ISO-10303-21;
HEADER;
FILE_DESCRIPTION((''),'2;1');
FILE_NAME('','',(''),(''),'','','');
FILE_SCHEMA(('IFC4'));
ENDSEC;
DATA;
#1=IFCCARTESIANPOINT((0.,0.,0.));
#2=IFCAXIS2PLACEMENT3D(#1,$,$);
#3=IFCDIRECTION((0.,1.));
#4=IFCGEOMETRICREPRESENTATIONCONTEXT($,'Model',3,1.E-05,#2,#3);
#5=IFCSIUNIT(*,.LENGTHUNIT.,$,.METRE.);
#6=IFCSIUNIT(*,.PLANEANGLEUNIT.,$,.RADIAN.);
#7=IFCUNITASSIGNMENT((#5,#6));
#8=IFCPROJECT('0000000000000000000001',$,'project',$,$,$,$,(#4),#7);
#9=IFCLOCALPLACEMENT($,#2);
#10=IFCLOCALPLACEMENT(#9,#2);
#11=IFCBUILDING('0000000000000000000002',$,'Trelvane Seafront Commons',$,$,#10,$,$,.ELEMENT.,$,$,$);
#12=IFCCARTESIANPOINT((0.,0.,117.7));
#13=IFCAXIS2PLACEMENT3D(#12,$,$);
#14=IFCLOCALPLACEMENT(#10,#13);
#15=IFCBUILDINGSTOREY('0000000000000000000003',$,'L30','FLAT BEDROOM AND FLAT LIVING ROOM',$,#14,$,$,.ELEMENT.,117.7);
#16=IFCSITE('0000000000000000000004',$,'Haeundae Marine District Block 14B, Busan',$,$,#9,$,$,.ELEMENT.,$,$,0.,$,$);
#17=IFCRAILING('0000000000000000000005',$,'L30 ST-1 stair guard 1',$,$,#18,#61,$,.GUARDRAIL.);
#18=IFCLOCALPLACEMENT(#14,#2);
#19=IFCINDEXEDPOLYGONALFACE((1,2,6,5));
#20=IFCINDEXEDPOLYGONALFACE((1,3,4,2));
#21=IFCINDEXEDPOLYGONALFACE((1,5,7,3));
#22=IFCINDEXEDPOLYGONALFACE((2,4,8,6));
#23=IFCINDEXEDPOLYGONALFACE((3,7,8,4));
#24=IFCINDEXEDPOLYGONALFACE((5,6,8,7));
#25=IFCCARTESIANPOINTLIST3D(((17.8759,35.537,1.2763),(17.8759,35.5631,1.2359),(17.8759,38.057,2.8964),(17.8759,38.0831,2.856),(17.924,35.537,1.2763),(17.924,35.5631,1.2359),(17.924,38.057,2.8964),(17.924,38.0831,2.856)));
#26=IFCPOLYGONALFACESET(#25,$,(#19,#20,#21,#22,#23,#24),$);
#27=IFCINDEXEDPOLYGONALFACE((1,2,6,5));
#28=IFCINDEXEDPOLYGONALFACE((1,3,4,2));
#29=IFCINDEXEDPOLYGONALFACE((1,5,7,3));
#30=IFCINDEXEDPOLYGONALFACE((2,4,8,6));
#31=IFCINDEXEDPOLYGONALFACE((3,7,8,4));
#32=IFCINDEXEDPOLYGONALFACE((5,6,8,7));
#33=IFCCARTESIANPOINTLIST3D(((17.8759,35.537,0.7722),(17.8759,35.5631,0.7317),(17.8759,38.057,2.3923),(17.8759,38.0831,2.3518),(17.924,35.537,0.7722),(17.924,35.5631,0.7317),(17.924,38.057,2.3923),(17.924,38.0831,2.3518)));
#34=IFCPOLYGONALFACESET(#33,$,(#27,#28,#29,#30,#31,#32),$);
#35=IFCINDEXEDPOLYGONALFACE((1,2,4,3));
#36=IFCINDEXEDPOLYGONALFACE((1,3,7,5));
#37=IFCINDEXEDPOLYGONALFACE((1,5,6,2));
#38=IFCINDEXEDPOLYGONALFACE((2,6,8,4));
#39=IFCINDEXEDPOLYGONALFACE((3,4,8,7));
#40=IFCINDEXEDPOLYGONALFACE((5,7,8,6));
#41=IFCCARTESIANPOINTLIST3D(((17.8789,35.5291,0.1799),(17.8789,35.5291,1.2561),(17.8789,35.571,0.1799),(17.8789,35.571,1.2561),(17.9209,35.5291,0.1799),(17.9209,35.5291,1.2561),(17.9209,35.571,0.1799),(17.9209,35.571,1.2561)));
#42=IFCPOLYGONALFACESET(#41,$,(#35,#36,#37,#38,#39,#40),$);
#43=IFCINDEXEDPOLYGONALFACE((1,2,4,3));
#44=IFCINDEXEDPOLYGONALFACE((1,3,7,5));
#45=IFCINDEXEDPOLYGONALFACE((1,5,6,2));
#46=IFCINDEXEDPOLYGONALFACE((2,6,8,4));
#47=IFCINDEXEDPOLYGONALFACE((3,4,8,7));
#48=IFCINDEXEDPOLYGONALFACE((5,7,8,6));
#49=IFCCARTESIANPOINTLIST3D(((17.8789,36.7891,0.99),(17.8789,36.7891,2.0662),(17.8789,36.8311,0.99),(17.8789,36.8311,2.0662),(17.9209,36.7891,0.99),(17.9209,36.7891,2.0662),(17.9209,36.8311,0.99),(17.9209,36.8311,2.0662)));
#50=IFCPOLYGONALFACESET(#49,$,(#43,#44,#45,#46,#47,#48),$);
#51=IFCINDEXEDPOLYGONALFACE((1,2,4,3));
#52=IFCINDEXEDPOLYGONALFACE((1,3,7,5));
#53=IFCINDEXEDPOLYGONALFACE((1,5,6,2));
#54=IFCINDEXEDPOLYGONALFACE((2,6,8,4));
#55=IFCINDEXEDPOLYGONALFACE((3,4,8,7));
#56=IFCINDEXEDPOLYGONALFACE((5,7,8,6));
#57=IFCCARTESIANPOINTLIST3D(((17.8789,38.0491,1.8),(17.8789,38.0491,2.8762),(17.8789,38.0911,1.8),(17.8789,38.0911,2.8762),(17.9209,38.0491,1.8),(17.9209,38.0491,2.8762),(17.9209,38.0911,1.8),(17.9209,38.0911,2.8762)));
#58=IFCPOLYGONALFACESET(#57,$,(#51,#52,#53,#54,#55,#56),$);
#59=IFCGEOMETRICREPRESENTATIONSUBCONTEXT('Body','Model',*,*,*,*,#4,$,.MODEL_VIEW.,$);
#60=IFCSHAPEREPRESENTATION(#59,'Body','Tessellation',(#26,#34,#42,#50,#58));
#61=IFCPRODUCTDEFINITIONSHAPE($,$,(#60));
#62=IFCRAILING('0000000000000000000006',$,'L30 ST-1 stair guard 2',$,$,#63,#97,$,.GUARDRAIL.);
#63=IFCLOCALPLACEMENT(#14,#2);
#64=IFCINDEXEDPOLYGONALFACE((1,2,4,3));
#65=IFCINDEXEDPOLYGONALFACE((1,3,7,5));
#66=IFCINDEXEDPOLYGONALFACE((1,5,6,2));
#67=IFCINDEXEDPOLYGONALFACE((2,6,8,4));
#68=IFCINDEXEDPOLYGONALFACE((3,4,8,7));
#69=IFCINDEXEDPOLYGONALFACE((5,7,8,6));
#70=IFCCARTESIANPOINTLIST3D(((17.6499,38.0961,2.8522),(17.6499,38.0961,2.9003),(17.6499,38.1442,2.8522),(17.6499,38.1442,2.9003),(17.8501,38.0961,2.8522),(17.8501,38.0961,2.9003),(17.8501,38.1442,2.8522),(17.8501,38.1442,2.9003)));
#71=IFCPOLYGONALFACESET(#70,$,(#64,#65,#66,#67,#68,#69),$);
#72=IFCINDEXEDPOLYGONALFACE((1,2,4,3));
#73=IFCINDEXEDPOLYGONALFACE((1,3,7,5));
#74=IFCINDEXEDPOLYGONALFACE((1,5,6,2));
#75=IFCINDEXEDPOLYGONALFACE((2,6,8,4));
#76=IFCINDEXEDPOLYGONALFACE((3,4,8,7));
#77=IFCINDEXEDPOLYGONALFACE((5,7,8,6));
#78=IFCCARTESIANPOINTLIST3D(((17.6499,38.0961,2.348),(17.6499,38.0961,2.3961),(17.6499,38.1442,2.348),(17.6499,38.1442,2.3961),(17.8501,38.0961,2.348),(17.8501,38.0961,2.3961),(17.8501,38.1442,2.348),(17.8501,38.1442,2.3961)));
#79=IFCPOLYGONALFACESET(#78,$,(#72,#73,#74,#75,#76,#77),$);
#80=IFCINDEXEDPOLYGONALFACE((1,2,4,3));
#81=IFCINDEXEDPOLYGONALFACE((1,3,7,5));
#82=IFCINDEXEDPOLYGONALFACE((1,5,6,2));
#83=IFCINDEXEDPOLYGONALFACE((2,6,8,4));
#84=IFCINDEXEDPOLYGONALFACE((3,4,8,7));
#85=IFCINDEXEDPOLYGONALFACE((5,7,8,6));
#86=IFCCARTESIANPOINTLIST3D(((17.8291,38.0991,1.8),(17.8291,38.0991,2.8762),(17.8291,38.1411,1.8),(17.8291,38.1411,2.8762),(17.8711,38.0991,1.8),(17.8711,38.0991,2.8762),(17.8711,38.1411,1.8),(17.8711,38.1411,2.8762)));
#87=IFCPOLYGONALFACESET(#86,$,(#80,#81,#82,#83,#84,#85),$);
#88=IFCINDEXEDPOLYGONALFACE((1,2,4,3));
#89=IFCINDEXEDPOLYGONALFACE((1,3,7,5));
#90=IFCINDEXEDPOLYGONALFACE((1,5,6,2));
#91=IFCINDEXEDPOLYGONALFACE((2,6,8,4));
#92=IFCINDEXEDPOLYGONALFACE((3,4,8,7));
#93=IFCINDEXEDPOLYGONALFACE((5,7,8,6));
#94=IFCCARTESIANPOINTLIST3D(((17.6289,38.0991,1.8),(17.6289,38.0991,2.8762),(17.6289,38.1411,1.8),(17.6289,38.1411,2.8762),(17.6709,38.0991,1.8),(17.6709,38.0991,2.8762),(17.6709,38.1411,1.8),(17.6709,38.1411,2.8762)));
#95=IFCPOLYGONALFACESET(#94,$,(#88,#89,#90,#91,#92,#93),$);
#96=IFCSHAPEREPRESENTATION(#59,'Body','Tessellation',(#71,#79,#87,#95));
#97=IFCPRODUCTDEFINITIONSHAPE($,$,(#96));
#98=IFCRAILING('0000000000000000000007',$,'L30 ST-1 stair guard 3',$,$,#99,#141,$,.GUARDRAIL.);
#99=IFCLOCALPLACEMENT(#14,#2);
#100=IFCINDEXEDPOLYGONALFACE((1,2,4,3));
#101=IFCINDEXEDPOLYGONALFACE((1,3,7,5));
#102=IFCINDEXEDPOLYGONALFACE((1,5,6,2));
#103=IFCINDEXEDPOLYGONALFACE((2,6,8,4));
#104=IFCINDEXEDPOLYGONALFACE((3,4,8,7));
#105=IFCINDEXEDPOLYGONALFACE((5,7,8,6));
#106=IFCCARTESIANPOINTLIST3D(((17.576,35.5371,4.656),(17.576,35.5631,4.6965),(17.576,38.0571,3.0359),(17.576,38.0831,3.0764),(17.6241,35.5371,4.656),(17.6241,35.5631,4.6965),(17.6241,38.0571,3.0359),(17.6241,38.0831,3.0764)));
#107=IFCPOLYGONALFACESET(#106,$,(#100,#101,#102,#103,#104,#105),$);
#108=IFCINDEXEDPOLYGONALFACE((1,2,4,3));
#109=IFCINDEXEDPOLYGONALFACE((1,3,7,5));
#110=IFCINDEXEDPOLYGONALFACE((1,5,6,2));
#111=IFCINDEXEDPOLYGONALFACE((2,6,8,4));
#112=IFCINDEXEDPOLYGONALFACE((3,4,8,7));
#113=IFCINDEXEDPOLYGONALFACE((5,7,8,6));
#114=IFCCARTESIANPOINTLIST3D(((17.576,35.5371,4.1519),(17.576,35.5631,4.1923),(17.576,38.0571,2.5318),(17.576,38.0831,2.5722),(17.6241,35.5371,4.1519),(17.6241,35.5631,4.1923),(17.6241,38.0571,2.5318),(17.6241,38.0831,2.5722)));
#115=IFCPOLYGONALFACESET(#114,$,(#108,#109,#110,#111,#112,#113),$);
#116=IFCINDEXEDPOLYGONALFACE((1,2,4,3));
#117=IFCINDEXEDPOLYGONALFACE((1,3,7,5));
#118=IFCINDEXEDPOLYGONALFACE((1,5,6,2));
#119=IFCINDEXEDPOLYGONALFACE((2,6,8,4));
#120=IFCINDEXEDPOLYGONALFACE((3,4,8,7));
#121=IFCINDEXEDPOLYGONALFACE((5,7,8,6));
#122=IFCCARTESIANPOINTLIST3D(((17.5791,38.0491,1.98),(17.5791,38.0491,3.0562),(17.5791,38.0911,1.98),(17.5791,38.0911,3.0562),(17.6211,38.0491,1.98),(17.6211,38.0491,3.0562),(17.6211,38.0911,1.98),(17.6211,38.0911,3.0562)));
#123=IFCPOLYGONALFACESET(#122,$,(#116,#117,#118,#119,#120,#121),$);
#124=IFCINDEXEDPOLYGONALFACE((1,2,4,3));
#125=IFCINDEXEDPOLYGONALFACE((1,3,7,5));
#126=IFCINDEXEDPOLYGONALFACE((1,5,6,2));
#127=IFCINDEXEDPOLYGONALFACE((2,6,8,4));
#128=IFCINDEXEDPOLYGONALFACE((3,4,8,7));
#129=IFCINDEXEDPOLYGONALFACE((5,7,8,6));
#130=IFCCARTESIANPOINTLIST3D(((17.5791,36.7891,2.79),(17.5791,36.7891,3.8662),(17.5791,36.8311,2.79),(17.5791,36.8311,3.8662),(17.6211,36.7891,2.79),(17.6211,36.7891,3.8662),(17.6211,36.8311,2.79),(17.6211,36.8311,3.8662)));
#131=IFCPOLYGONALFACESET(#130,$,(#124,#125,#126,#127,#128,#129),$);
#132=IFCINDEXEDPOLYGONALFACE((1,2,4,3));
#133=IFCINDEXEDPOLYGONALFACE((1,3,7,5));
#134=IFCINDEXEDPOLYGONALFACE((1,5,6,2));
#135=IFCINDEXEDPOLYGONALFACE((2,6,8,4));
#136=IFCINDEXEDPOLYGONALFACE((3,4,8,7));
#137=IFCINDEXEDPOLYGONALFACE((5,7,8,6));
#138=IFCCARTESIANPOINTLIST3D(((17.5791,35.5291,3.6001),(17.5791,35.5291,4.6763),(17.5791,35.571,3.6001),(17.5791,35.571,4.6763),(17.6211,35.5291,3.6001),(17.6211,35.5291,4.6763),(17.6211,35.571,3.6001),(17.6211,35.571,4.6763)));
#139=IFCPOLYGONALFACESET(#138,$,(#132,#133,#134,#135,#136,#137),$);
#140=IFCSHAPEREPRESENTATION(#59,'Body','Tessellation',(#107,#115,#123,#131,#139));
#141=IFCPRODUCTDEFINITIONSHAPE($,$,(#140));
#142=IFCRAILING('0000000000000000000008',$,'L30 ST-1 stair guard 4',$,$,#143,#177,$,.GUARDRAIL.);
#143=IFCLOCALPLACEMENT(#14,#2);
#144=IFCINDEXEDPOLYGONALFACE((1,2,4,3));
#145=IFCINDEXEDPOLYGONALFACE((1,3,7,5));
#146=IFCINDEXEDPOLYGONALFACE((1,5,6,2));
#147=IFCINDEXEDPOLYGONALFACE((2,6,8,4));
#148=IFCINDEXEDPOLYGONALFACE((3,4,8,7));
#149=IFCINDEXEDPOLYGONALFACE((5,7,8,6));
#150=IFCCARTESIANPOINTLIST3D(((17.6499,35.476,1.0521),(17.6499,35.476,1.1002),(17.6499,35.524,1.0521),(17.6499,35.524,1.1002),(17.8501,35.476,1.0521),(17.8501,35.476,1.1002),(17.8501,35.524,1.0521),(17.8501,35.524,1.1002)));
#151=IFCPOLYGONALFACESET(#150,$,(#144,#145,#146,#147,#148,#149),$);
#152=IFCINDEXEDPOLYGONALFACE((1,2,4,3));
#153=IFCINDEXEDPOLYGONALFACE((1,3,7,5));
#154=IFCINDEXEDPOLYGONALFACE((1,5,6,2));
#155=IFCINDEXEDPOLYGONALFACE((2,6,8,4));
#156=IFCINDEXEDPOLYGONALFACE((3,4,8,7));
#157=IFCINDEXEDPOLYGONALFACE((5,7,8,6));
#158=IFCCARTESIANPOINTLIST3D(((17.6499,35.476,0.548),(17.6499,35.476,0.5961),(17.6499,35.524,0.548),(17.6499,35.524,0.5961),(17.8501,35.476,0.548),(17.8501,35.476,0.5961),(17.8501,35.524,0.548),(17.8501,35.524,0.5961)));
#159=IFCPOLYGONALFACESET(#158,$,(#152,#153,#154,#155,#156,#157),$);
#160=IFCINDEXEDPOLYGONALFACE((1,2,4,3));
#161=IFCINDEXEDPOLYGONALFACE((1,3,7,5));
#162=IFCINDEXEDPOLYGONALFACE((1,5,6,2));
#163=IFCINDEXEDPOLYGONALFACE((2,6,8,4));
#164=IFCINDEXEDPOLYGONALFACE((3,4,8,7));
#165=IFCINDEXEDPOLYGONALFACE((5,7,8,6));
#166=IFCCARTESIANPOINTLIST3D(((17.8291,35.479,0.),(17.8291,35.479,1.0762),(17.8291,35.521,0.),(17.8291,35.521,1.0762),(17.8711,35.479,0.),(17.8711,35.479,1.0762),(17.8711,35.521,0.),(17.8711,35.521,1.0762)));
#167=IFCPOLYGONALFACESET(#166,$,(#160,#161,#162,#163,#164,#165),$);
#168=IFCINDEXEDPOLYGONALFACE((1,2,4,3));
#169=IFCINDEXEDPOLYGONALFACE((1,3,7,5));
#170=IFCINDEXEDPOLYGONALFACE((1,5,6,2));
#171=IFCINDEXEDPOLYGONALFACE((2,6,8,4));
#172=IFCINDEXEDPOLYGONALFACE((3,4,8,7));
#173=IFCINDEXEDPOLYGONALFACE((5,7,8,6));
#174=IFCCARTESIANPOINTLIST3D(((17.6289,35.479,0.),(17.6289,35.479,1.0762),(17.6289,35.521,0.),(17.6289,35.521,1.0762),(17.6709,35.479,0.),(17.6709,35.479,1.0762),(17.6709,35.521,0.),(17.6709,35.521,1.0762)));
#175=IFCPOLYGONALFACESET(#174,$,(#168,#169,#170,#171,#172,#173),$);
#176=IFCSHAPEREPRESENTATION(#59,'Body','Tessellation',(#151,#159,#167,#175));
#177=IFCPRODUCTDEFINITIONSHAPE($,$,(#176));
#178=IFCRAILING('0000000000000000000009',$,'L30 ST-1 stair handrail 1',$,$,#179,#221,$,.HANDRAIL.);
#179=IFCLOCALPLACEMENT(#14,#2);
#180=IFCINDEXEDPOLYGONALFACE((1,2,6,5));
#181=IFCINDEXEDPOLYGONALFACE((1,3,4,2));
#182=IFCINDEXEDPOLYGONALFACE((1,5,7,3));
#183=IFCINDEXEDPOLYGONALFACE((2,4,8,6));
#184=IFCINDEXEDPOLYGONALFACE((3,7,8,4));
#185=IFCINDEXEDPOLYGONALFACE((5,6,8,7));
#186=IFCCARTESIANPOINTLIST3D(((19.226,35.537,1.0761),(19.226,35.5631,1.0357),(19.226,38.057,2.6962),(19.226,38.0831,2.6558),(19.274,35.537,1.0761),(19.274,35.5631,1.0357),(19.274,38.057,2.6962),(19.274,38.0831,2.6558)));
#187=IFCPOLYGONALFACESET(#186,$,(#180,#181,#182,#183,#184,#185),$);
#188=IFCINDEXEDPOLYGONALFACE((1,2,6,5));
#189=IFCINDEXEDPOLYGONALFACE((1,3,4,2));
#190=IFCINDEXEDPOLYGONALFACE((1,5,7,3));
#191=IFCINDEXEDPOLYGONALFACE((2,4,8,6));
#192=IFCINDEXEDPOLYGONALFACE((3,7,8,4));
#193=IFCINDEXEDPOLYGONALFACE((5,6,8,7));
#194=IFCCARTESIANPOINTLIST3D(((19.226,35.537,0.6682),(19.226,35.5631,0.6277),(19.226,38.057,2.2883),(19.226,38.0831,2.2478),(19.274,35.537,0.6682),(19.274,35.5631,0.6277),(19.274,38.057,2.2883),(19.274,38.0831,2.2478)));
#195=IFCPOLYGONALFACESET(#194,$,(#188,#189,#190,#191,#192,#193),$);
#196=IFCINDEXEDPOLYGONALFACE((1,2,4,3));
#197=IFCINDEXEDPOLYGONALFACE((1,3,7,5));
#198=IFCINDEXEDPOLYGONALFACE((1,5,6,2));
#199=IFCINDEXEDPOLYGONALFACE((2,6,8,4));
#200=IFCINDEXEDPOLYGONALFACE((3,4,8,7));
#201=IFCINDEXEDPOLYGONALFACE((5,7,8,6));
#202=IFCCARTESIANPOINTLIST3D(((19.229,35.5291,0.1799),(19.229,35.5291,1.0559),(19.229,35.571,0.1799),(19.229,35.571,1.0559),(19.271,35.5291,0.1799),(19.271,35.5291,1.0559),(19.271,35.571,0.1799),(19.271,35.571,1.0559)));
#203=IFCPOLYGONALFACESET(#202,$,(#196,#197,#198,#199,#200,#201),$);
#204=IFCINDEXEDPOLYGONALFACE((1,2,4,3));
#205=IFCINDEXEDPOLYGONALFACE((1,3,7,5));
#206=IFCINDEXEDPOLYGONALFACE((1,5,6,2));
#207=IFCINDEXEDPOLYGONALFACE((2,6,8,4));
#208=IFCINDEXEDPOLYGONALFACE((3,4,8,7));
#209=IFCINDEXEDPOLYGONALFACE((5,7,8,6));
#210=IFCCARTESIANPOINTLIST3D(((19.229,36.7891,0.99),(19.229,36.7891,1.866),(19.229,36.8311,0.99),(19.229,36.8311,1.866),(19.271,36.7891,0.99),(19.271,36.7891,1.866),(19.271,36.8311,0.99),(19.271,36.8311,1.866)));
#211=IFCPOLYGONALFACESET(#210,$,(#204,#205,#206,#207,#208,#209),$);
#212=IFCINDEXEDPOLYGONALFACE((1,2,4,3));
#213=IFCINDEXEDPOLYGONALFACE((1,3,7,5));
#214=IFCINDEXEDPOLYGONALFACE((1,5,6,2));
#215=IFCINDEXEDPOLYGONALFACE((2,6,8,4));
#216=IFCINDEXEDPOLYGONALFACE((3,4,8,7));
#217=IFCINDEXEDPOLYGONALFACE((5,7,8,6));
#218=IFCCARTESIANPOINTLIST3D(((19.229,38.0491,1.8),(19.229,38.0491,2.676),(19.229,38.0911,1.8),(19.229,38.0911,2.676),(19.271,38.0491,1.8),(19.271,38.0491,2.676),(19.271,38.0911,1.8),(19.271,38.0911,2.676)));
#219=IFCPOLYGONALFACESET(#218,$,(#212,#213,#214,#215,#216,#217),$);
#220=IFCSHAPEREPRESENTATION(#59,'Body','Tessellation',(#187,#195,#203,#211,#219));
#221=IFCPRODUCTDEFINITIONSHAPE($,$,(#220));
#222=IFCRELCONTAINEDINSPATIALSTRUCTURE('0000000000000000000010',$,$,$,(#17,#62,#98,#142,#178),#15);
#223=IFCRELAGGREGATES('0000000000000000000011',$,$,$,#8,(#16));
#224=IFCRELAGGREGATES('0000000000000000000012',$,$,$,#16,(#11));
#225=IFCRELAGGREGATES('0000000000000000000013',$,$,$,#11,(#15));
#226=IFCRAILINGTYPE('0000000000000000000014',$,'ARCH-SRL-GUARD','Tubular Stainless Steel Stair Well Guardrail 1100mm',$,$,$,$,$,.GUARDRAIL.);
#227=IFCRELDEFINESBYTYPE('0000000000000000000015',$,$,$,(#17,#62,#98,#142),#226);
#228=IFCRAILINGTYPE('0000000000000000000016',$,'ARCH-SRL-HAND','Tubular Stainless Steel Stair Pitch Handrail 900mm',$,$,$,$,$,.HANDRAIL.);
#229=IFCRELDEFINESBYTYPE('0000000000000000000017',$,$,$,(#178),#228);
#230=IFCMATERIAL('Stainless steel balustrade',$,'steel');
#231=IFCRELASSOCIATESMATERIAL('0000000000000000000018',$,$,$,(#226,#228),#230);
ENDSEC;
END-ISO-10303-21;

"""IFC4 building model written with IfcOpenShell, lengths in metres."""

from ifc_helpers import new_model, si_unit, direction, frame, origin, origin_2d, place, context, subcontext, project, spatial, rectangle, extrude, material, type_object, element, save


model = new_model("IFC4")

# Units and contexts
model_context = context("Model", 3, precision=1e-05, world=origin(), true_north=direction((0.0, 1.0)))
body_context = subcontext(model_context, "Body", "Model", "MODEL_VIEW")
ifc_project = project(units=[si_unit("LENGTHUNIT", "METRE"), si_unit("PLANEANGLEUNIT", "RADIAN")], contexts=[model_context])

# Site, building, storey
site_placement = place(None, origin())
site = spatial("IfcSite", under=ifc_project, at=site_placement, Name="Haeundae Marine District Block 14B, Busan", CompositionType="ELEMENT", RefElevation=0.0)
building_placement = place(site_placement, origin())
building = spatial("IfcBuilding", under=site, at=building_placement, Name="Trelvane Seafront Commons", CompositionType="ELEMENT")
storey_placement = place(building_placement, frame((0.0, 0.0, 117.7)))
storey = spatial("IfcBuildingStorey", under=building, at=storey_placement, Name="L30", Description="FLAT BEDROOM AND FLAT LIVING ROOM", CompositionType="ELEMENT", Elevation=117.7)

# Shared definitions
ifc_material_1 = material(Name="Stainless steel balustrade", Category="steel")

# Railings
railing_type_1 = type_object("IfcRailingType", Name="ARCH-SRL-GUARD", Description="Tubular Stainless Steel Stair Well Guardrail 1100mm", PredefinedType="GUARDRAIL", material=ifc_material_1)
railing_1_placement = place(storey_placement, frame((17.8999, 35.55, 0.1799)))
element("IfcRailing", 1, at=railing_1_placement, inside=storey, type_object=railing_type_1, Name="L30 ST-1 stair guard 1", PredefinedType="GUARDRAIL", context=body_context, shape_type="SweptSolid", body=[
    extrude(rectangle(XDim=0.0481, YDim=0.0481, at=origin_2d()), frame((0.0, 0.0, 1.0762), z_axis=(0.0, 0.841163, 0.540782), x_axis=(-1.0, 0.0, 0.0)), (0.0, 0.0, 1.0), 2.9958),
    extrude(rectangle(XDim=0.0481, YDim=0.0481, at=origin_2d()), frame((0.0, 0.0, 0.572), z_axis=(0.0, 0.841163, 0.540782), x_axis=(-1.0, 0.0, 0.0)), (0.0, 0.0, 1.0), 2.9958),
    extrude(rectangle(XDim=0.042, YDim=0.042, at=origin_2d()), origin(), (0.0, 0.0, 1.0), 1.0762),
    extrude(rectangle(XDim=0.042, YDim=0.042, at=origin_2d()), frame((0.0, 1.26, 0.8101)), (0.0, 0.0, 1.0), 1.0762),
    extrude(rectangle(XDim=0.042, YDim=0.042, at=origin_2d()), frame((0.0, 2.52, 1.6201)), (0.0, 0.0, 1.0), 1.0762),
])
railing_2_placement = place(storey_placement, frame((17.8501, 38.1201, 1.8)))
element("IfcRailing", 2, at=railing_2_placement, inside=storey, type_object=railing_type_1, Name="L30 ST-1 stair guard 2", PredefinedType="GUARDRAIL", context=body_context, shape_type="SweptSolid", body=[
    extrude(rectangle(XDim=0.0481, YDim=0.0481, at=origin_2d()), frame((0.0, 0.0, 1.0762), z_axis=(-1.0, 0.0, 0.0), x_axis=(0.0, -1.0, 0.0)), (0.0, 0.0, 1.0), 0.2002),
    extrude(rectangle(XDim=0.0481, YDim=0.0481, at=origin_2d()), frame((0.0, 0.0, 0.572), z_axis=(-1.0, 0.0, 0.0), x_axis=(0.0, -1.0, 0.0)), (0.0, 0.0, 1.0), 0.2002),
    extrude(rectangle(XDim=0.042, YDim=0.042, at=origin_2d()), origin(), (0.0, 0.0, 1.0), 1.0762),
    extrude(rectangle(XDim=0.042, YDim=0.042, at=origin_2d()), frame((-0.2002, 0.0, 0.0)), (0.0, 0.0, 1.0), 1.0762),
])
railing_3_placement = place(storey_placement, frame((17.6001, 38.0701, 1.98)))
element("IfcRailing", 3, at=railing_3_placement, inside=storey, type_object=railing_type_1, Name="L30 ST-1 stair guard 3", PredefinedType="GUARDRAIL", context=body_context, shape_type="SweptSolid", body=[
    extrude(rectangle(XDim=0.0481, YDim=0.0481, at=origin_2d()), frame((0.0, 0.0, 1.0762), z_axis=(0.0, -0.841163, 0.540782), x_axis=(1.0, 0.0, 0.0)), (0.0, 0.0, 1.0), 2.9958),
    extrude(rectangle(XDim=0.0481, YDim=0.0481, at=origin_2d()), frame((0.0, 0.0, 0.572), z_axis=(0.0, -0.841163, 0.540782), x_axis=(1.0, 0.0, 0.0)), (0.0, 0.0, 1.0), 2.9958),
    extrude(rectangle(XDim=0.042, YDim=0.042, at=origin_2d()), origin(), (0.0, 0.0, 1.0), 1.0762),
    extrude(rectangle(XDim=0.042, YDim=0.042, at=origin_2d()), frame((0.0, -1.26, 0.8101)), (0.0, 0.0, 1.0), 1.0762),
    extrude(rectangle(XDim=0.042, YDim=0.042, at=origin_2d()), frame((0.0, -2.52, 1.6201)), (0.0, 0.0, 1.0), 1.0762),
])
railing_4_placement = place(storey_placement, frame((17.8501, 35.5, 0.0)))
element("IfcRailing", 4, at=railing_4_placement, inside=storey, type_object=railing_type_1, Name="L30 ST-1 stair guard 4", PredefinedType="GUARDRAIL", context=body_context, shape_type="SweptSolid", body=[
    extrude(rectangle(XDim=0.0481, YDim=0.0481, at=origin_2d()), frame((0.0, 0.0, 1.0762), z_axis=(-1.0, 0.0, 0.0), x_axis=(0.0, -1.0, 0.0)), (0.0, 0.0, 1.0), 0.2002),
    extrude(rectangle(XDim=0.0481, YDim=0.0481, at=origin_2d()), frame((0.0, 0.0, 0.572), z_axis=(-1.0, 0.0, 0.0), x_axis=(0.0, -1.0, 0.0)), (0.0, 0.0, 1.0), 0.2002),
    extrude(rectangle(XDim=0.042, YDim=0.042, at=origin_2d()), origin(), (0.0, 0.0, 1.0), 1.0762),
    extrude(rectangle(XDim=0.042, YDim=0.042, at=origin_2d()), frame((-0.2002, 0.0, 0.0)), (0.0, 0.0, 1.0), 1.0762),
])
railing_type_2 = type_object("IfcRailingType", Name="ARCH-SRL-HAND", Description="Tubular Stainless Steel Stair Pitch Handrail 900mm", PredefinedType="HANDRAIL", material=ifc_material_1)
railing_5_placement = place(storey_placement, frame((19.25, 35.55, 0.1799)))
element("IfcRailing", 5, at=railing_5_placement, inside=storey, type_object=railing_type_2, Name="L30 ST-1 stair handrail 1", PredefinedType="HANDRAIL", context=body_context, shape_type="SweptSolid", body=[
    extrude(rectangle(XDim=0.0481, YDim=0.0481, at=origin_2d()), frame((0.0, 0.0, 0.876), z_axis=(0.0, 0.841163, 0.540782), x_axis=(-1.0, 0.0, 0.0)), (0.0, 0.0, 1.0), 2.9958),
    extrude(rectangle(XDim=0.0481, YDim=0.0481, at=origin_2d()), frame((0.0, 0.0, 0.468), z_axis=(0.0, 0.841163, 0.540782), x_axis=(-1.0, 0.0, 0.0)), (0.0, 0.0, 1.0), 2.9958),
    extrude(rectangle(XDim=0.042, YDim=0.042, at=origin_2d()), origin(), (0.0, 0.0, 1.0), 0.876),
    extrude(rectangle(XDim=0.042, YDim=0.042, at=origin_2d()), frame((0.0, 1.26, 0.8101)), (0.0, 0.0, 1.0), 0.876),
    extrude(rectangle(XDim=0.042, YDim=0.042, at=origin_2d()), frame((0.0, 2.52, 1.6201)), (0.0, 0.0, 1.0), 0.876),
])

save(model, "model.ifc")
